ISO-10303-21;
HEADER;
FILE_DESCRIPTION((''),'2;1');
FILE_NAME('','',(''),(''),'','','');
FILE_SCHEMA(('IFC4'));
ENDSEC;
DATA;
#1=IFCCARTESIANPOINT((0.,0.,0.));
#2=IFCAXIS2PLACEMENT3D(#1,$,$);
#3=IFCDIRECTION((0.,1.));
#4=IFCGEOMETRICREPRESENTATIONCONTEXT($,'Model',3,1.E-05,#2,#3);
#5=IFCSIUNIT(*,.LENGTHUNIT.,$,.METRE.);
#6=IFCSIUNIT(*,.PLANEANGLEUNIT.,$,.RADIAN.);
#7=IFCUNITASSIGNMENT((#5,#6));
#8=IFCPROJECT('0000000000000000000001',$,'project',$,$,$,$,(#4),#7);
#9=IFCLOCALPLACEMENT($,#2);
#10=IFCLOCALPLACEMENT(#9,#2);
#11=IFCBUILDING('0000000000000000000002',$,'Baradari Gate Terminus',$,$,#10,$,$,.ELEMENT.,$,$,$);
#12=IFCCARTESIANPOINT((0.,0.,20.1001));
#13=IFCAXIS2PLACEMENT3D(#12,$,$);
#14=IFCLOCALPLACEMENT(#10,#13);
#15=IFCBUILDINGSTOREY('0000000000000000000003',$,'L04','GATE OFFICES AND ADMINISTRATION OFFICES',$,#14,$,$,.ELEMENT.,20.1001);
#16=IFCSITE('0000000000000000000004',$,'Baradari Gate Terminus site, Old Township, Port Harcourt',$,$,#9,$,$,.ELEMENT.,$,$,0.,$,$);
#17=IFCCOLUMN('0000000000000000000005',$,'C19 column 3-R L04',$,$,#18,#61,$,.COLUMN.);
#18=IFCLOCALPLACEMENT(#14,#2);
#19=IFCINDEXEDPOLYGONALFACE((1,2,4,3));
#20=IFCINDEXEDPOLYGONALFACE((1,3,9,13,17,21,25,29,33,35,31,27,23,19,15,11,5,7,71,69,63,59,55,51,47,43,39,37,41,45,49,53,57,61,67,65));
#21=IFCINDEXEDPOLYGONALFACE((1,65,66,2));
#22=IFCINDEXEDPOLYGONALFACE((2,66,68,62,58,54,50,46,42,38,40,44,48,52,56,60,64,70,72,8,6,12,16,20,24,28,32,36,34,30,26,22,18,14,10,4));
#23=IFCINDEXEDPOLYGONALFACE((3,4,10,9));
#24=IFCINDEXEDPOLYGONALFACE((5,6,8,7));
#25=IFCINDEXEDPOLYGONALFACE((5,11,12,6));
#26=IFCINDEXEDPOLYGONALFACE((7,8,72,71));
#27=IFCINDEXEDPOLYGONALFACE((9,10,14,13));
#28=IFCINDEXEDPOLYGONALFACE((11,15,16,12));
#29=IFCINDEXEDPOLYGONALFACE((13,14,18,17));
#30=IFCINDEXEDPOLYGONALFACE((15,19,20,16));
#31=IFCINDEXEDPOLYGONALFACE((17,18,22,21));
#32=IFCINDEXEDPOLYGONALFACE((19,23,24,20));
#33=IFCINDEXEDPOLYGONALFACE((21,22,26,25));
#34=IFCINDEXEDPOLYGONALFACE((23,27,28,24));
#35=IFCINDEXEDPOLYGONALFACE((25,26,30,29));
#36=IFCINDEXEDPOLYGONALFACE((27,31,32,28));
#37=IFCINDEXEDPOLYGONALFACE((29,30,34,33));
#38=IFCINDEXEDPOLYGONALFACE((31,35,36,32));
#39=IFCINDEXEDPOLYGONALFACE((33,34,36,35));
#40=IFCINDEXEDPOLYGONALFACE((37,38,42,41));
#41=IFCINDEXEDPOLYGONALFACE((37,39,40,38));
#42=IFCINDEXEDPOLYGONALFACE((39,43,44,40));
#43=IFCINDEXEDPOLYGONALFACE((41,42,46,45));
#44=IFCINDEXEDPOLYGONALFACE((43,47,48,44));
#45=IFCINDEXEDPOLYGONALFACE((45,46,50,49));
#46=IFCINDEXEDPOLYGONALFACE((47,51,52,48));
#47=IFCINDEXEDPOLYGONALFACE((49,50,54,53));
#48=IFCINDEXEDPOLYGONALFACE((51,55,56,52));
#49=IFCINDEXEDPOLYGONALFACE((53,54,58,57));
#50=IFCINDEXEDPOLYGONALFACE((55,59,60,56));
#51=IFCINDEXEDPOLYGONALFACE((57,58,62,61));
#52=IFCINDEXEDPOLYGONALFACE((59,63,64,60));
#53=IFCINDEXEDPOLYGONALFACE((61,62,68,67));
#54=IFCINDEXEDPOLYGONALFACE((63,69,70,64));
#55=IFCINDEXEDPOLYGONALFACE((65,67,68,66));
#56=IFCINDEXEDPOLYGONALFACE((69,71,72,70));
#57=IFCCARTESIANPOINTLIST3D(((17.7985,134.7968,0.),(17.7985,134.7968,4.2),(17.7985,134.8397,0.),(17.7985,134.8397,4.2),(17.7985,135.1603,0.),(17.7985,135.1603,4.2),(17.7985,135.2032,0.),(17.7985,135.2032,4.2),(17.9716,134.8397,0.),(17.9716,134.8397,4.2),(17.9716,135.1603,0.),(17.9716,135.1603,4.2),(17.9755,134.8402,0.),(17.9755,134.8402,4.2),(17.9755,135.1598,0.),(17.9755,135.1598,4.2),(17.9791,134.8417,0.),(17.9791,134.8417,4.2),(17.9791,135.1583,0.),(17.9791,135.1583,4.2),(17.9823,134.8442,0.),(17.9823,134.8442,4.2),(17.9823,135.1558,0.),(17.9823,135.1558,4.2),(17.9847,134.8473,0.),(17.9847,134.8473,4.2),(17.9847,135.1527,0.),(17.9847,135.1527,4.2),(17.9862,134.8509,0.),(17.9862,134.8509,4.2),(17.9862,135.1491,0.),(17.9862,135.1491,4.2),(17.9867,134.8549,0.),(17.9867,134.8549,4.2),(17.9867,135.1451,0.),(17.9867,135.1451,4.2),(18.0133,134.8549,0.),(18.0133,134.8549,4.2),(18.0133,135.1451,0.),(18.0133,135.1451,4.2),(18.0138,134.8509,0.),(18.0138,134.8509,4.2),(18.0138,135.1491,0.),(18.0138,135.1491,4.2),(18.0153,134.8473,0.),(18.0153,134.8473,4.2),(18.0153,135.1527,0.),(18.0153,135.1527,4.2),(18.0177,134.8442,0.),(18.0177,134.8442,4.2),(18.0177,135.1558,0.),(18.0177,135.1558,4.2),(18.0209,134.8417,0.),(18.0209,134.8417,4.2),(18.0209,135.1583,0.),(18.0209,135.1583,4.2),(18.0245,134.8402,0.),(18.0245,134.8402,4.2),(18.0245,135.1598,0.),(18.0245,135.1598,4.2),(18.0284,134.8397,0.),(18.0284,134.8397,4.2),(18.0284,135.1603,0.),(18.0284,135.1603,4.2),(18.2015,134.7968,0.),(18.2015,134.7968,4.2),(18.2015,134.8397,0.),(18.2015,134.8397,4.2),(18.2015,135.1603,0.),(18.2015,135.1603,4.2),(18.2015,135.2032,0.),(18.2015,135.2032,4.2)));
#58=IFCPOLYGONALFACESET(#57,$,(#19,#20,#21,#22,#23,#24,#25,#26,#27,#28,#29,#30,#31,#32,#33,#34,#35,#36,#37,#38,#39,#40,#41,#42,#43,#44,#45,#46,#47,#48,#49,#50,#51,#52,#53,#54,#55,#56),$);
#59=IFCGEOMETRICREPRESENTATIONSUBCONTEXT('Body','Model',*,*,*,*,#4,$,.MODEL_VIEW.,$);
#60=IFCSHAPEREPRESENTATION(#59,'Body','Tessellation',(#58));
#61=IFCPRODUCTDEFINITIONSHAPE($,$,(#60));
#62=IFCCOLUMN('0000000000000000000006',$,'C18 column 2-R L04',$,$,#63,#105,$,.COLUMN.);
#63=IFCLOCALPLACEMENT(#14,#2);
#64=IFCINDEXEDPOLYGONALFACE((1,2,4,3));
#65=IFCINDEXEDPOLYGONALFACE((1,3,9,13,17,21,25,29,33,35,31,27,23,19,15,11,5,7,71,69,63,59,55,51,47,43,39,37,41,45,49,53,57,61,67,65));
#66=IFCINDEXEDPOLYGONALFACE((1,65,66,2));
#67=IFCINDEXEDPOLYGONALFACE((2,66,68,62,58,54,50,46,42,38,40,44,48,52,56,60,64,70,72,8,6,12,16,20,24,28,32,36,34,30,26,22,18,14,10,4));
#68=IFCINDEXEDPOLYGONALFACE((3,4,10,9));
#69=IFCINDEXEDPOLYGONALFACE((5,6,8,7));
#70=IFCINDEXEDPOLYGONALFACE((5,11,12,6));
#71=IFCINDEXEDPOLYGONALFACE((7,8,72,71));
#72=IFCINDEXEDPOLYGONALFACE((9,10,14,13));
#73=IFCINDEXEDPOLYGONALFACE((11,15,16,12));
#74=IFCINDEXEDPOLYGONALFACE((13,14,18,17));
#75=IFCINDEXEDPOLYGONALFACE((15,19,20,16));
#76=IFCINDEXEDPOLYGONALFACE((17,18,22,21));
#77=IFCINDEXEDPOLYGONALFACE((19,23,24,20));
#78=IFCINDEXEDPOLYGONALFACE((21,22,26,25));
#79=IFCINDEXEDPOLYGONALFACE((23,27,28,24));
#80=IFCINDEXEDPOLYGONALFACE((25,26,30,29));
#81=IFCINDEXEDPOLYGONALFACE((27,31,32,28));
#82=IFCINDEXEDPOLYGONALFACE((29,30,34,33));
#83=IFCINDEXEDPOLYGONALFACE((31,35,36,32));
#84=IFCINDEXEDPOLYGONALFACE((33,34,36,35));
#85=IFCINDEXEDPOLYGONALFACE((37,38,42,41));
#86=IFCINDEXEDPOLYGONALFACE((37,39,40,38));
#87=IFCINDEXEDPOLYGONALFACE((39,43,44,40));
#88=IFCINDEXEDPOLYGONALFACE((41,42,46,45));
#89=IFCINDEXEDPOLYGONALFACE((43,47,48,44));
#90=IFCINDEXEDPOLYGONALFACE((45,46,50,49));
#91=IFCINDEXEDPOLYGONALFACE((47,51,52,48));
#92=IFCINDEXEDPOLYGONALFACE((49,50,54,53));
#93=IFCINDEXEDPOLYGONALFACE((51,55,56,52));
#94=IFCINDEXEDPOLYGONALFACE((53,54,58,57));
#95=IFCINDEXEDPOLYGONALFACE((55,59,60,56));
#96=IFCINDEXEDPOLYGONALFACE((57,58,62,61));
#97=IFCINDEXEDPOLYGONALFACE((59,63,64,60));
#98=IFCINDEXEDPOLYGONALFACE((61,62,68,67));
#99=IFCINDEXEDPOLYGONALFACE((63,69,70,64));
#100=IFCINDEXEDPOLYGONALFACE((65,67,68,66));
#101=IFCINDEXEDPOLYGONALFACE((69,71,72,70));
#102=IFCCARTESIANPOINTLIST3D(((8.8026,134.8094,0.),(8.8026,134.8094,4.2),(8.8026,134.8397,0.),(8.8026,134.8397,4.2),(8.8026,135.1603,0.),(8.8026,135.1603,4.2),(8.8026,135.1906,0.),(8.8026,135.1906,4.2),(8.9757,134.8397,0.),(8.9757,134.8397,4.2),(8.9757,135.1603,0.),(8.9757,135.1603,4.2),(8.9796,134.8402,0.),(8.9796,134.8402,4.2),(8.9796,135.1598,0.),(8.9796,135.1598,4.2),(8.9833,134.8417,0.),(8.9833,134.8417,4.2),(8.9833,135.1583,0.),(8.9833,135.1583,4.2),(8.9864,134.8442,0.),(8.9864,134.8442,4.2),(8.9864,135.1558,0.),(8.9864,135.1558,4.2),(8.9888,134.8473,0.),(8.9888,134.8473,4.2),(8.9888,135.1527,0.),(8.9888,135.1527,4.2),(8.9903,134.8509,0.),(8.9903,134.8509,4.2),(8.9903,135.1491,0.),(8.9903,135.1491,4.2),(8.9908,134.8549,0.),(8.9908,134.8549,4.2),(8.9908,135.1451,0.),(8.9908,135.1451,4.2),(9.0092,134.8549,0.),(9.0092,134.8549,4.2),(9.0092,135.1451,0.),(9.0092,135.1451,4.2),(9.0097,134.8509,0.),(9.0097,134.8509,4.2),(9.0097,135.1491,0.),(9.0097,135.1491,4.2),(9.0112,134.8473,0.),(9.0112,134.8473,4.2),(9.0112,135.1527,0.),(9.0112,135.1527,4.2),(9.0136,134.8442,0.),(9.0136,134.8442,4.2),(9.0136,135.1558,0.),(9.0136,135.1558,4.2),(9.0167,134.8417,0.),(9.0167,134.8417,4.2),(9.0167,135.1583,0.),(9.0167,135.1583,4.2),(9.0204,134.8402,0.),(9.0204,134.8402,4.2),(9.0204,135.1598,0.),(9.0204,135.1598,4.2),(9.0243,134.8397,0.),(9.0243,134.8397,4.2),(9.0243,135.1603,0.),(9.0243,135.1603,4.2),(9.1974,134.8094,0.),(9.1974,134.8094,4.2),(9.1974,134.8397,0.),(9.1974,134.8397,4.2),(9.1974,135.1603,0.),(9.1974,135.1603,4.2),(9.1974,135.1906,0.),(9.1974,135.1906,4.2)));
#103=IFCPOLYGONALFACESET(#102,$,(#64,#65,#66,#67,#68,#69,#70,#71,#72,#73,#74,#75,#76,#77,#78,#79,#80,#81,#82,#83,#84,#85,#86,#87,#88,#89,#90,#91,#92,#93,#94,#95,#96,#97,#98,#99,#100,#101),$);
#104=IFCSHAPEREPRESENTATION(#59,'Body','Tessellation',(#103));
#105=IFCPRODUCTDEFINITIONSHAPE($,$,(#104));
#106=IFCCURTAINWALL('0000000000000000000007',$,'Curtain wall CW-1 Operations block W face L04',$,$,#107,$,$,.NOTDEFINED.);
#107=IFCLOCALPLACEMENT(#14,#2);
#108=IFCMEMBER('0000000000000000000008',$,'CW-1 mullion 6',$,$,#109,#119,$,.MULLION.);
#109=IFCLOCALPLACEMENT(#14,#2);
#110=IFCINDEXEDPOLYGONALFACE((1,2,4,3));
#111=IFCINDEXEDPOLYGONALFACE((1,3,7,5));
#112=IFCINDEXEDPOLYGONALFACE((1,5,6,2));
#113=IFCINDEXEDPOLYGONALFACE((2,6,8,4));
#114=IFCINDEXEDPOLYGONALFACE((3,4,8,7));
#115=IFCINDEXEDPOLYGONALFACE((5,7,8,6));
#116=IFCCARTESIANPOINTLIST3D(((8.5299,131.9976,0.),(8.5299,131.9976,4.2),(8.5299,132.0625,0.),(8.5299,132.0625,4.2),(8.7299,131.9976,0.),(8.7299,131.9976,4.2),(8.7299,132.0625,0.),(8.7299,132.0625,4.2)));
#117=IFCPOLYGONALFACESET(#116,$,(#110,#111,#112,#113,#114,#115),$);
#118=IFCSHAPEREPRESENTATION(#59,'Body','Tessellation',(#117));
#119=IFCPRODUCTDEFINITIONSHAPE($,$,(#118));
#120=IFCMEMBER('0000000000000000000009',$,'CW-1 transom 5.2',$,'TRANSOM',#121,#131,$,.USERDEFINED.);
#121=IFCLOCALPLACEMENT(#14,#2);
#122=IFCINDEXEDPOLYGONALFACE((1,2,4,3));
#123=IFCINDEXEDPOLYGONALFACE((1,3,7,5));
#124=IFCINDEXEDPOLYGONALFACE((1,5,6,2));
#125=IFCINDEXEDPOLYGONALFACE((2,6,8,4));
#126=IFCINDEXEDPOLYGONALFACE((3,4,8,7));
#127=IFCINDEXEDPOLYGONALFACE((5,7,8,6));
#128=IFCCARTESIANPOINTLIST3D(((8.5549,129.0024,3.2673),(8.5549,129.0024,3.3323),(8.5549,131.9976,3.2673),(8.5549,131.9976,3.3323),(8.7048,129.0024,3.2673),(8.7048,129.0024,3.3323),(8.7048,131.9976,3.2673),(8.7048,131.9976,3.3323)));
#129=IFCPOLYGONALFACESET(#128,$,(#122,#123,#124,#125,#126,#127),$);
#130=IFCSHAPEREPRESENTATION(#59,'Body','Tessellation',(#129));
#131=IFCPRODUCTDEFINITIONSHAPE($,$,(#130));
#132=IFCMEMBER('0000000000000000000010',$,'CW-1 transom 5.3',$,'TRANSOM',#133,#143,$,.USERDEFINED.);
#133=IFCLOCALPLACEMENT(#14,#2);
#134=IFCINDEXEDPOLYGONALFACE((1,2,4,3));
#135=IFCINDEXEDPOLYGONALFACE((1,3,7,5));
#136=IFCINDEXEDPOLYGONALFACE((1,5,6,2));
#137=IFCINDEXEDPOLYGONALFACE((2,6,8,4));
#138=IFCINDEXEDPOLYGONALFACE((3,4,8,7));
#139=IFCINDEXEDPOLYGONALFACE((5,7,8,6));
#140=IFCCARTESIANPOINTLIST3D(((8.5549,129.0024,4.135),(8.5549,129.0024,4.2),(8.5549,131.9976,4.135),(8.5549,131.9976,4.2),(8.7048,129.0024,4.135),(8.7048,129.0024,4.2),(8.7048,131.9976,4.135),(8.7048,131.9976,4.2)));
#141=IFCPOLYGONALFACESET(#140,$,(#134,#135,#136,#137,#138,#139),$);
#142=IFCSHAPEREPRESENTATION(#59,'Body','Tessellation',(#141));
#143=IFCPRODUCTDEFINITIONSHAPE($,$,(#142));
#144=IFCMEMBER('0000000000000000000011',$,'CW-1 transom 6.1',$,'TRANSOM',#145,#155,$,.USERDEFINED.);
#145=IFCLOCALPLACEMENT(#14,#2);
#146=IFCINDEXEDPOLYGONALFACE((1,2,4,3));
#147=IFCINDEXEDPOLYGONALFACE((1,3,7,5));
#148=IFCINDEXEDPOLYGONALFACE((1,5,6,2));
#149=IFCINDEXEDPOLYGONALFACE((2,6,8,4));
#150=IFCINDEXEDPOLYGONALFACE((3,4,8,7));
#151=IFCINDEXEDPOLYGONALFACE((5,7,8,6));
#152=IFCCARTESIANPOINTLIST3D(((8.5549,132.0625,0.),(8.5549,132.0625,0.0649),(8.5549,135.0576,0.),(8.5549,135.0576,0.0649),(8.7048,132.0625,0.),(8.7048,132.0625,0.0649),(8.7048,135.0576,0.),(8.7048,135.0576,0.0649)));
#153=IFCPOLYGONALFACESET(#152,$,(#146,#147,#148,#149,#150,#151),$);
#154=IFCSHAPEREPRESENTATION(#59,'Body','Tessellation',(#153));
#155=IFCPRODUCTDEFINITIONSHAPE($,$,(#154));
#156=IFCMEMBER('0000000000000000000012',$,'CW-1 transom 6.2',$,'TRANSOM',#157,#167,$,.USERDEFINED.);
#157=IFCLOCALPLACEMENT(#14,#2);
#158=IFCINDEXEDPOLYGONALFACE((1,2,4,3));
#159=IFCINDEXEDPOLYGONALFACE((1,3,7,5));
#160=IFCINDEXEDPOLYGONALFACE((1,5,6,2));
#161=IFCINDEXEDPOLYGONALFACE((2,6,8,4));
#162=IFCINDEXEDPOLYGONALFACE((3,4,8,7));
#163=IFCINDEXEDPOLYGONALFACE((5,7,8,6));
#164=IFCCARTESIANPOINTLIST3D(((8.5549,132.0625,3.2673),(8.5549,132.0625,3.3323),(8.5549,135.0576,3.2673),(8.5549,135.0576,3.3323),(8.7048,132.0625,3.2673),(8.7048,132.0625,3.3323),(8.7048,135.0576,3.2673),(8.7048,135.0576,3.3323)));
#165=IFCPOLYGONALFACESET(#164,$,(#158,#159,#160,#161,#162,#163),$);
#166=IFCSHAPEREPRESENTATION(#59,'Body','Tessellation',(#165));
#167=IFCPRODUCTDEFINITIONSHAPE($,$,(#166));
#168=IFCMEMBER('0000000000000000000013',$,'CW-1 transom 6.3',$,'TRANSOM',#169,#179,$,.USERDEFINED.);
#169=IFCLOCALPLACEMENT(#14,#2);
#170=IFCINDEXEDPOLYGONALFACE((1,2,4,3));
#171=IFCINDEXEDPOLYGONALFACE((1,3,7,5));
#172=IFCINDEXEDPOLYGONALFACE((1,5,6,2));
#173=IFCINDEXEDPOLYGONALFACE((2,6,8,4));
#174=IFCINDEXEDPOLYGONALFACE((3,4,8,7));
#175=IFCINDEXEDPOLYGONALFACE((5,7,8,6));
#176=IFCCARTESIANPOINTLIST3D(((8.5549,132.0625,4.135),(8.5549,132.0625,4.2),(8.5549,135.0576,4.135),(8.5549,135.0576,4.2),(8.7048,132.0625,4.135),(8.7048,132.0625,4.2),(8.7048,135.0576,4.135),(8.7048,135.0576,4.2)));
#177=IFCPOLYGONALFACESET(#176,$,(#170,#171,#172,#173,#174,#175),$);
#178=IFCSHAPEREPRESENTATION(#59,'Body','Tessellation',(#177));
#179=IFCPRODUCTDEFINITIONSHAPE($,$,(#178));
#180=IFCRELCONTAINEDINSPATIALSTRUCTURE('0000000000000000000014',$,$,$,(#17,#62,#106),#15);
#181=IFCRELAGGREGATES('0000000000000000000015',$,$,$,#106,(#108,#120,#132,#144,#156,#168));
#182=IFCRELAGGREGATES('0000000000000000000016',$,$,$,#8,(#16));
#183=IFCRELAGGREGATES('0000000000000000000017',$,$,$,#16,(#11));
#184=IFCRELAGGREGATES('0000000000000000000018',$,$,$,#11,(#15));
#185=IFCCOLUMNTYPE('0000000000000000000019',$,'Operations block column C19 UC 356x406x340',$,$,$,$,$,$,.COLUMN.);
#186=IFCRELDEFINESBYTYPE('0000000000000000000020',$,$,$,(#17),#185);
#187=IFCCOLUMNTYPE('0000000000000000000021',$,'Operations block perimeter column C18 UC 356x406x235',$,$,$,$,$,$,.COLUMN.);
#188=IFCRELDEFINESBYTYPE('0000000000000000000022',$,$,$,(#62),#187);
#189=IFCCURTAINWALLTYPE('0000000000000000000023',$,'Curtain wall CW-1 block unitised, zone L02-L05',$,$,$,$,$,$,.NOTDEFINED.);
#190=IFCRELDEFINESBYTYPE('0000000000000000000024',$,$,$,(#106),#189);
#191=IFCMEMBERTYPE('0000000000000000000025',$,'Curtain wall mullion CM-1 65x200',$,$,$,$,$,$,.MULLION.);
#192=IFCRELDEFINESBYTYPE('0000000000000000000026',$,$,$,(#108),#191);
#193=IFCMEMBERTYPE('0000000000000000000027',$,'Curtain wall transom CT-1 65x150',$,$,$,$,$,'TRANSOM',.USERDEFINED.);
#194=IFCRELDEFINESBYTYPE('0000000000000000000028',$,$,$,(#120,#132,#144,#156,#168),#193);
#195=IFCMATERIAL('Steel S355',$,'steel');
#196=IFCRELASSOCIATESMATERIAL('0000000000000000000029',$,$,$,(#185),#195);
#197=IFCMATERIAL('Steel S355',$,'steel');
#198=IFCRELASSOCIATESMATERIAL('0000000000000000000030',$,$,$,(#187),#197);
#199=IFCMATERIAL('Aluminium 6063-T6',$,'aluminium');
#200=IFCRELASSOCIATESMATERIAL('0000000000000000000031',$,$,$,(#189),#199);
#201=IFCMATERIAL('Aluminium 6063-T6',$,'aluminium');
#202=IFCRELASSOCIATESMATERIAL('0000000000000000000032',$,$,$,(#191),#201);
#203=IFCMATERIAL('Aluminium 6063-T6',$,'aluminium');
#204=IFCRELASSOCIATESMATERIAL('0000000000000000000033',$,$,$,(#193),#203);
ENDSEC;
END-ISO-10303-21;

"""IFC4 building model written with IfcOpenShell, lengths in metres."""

from ifc_helpers import new_model, si_unit, direction, frame, origin, origin_2d, place, context, subcontext, project, spatial, rectangle, i_section, extrude, material, material_profile, profile_set, type_object, element, aggregate, save


model = new_model("IFC4")

# Units and contexts
model_context = context("Model", 3, precision=1e-05, world=origin(), true_north=direction((0.0, 1.0)))
body_context = subcontext(model_context, "Body", "Model", "MODEL_VIEW")
ifc_project = project(units=[si_unit("LENGTHUNIT", "METRE"), si_unit("PLANEANGLEUNIT", "RADIAN")], contexts=[model_context])

# Site, building, storey
site_placement = place(None, origin())
site = spatial("IfcSite", under=ifc_project, at=site_placement, Name="Baradari Gate Terminus site, Old Township, Port Harcourt", CompositionType="ELEMENT", RefElevation=0.0)
building_placement = place(site_placement, origin())
building = spatial("IfcBuilding", under=site, at=building_placement, Name="Baradari Gate Terminus", CompositionType="ELEMENT")
storey_placement = place(building_placement, frame((0.0, 0.0, 20.1001)))
storey = spatial("IfcBuildingStorey", under=building, at=storey_placement, Name="L04", Description="GATE OFFICES AND ADMINISTRATION OFFICES", CompositionType="ELEMENT", Elevation=20.1001)

# Columns
ifc_material_1 = material(Name="Steel S355", Category="steel")
ifc_material_profile_1 = material_profile(ifc_material_1, i_section(OverallWidth=0.4031, OverallDepth=0.4065, WebThickness=0.0266, FlangeThickness=0.043, FilletRadius=0.0151, at=origin_2d()), Name="UC 356x406x340")
ifc_profile_set_1 = profile_set([ifc_material_profile_1], Name="Steel S355")
column_type_1 = type_object("IfcColumnType", Name="Operations block column C19 UC 356x406x340", PredefinedType="COLUMN", material=ifc_profile_set_1)
column_1_placement = place(storey_placement, frame((18.0, 135.0, 0.0), z_axis=(0.0, 0.0, 1.0), x_axis=(1.0, 0.0, 0.0)))
element("IfcColumn", 1, at=column_1_placement, inside=storey, type_object=column_type_1, Name="C19 column 3-R L04", PredefinedType="COLUMN", context=body_context, shape_type="SweptSolid", body=[
    extrude(i_section(OverallWidth=0.4031, OverallDepth=0.4065, WebThickness=0.0266, FlangeThickness=0.043, FilletRadius=0.0151, at=origin_2d()), origin(), (0.0, 0.0, 1.0), 4.2),
])
ifc_material_2 = material(Name="Steel S355", Category="steel")
ifc_material_profile_2 = material_profile(ifc_material_2, i_section(OverallWidth=0.3948, OverallDepth=0.3811, WebThickness=0.0183, FlangeThickness=0.0303, FilletRadius=0.0151, at=origin_2d()), Name="UC 356x406x235")
ifc_profile_set_2 = profile_set([ifc_material_profile_2], Name="Steel S355")
column_type_2 = type_object("IfcColumnType", Name="Operations block perimeter column C18 UC 356x406x235", PredefinedType="COLUMN", material=ifc_profile_set_2)
column_2_placement = place(storey_placement, frame((9.0, 135.0, 0.0), z_axis=(0.0, 0.0, 1.0), x_axis=(1.0, 0.0, 0.0)))
element("IfcColumn", 2, at=column_2_placement, inside=storey, type_object=column_type_2, Name="C18 column 2-R L04", PredefinedType="COLUMN", context=body_context, shape_type="SweptSolid", body=[
    extrude(i_section(OverallWidth=0.3948, OverallDepth=0.3811, WebThickness=0.0183, FlangeThickness=0.0303, FilletRadius=0.0151, at=origin_2d()), origin(), (0.0, 0.0, 1.0), 4.2),
])

# Curtain wall, members
ifc_material_3 = material(Name="Aluminium 6063-T6", Category="aluminium")
curtain_wall_type = type_object("IfcCurtainWallType", Name="Curtain wall CW-1 block unitised, zone L02-L05", PredefinedType="NOTDEFINED", material=ifc_material_3)
curtain_wall_placement = place(storey_placement, origin())
curtain_wall = element("IfcCurtainWall", 3, at=curtain_wall_placement, inside=storey, type_object=curtain_wall_type, Name="Curtain wall CW-1 Operations block W face L04", PredefinedType="NOTDEFINED")
ifc_material_4 = material(Name="Aluminium 6063-T6", Category="aluminium")
ifc_material_profile_3 = material_profile(ifc_material_4, rectangle(XDim=0.2, YDim=0.0649, at=origin_2d()), Name="CM-1 65X200")
ifc_profile_set_3 = profile_set([ifc_material_profile_3], Name="Aluminium 6063-T6")
member_type_1 = type_object("IfcMemberType", Name="Curtain wall mullion CM-1 65x200", PredefinedType="MULLION", material=ifc_profile_set_3)
member_1_placement = place(storey_placement, frame((8.6299, 132.03, 0.0), z_axis=(0.0, 0.0, 1.0), x_axis=(-1.0, 0.0, 0.0)))
member_1 = element("IfcMember", 4, at=member_1_placement, type_object=member_type_1, Name="CW-1 mullion 6", PredefinedType="MULLION", context=body_context, shape_type="SweptSolid", body=[
    extrude(rectangle(XDim=0.2, YDim=0.0649, at=origin_2d()), origin(), (0.0, 0.0, 1.0), 4.2),
])
ifc_material_5 = material(Name="Aluminium 6063-T6", Category="aluminium")
ifc_material_profile_4 = material_profile(ifc_material_5, rectangle(XDim=0.1499, YDim=0.0649, at=origin_2d()), Name="CT-1 65X150")
ifc_profile_set_4 = profile_set([ifc_material_profile_4], Name="Aluminium 6063-T6")
member_type_2 = type_object("IfcMemberType", Name="Curtain wall transom CT-1 65x150", ElementType="TRANSOM", PredefinedType="USERDEFINED", material=ifc_profile_set_4)
member_2_placement = place(storey_placement, frame((8.6299, 129.0024, 3.2998), z_axis=(0.0, 1.0, 0.0), x_axis=(-1.0, 0.0, 0.0)))
member_2 = element("IfcMember", 5, at=member_2_placement, type_object=member_type_2, Name="CW-1 transom 5.2", ObjectType="TRANSOM", PredefinedType="USERDEFINED", context=body_context, shape_type="SweptSolid", body=[
    extrude(rectangle(XDim=0.1499, YDim=0.0649, at=origin_2d()), origin(), (0.0, 0.0, 1.0), 2.9951),
])
member_3_placement = place(storey_placement, frame((8.6299, 129.0024, 4.1675), z_axis=(0.0, 1.0, 0.0), x_axis=(-1.0, 0.0, 0.0)))
member_3 = element("IfcMember", 6, at=member_3_placement, type_object=member_type_2, Name="CW-1 transom 5.3", ObjectType="TRANSOM", PredefinedType="USERDEFINED", context=body_context, shape_type="SweptSolid", body=[
    extrude(rectangle(XDim=0.1499, YDim=0.0649, at=origin_2d()), origin(), (0.0, 0.0, 1.0), 2.9951),
])
member_4_placement = place(storey_placement, frame((8.6299, 132.0625, 0.0325), z_axis=(0.0, 1.0, 0.0), x_axis=(-1.0, 0.0, 0.0)))
member_4 = element("IfcMember", 7, at=member_4_placement, type_object=member_type_2, Name="CW-1 transom 6.1", ObjectType="TRANSOM", PredefinedType="USERDEFINED", context=body_context, shape_type="SweptSolid", body=[
    extrude(rectangle(XDim=0.1499, YDim=0.0649, at=origin_2d()), origin(), (0.0, 0.0, 1.0), 2.9951),
])
member_5_placement = place(storey_placement, frame((8.6299, 132.0625, 3.2998), z_axis=(0.0, 1.0, 0.0), x_axis=(-1.0, 0.0, 0.0)))
member_5 = element("IfcMember", 8, at=member_5_placement, type_object=member_type_2, Name="CW-1 transom 6.2", ObjectType="TRANSOM", PredefinedType="USERDEFINED", context=body_context, shape_type="SweptSolid", body=[
    extrude(rectangle(XDim=0.1499, YDim=0.0649, at=origin_2d()), origin(), (0.0, 0.0, 1.0), 2.9951),
])
member_6_placement = place(storey_placement, frame((8.6299, 132.0625, 4.1675), z_axis=(0.0, 1.0, 0.0), x_axis=(-1.0, 0.0, 0.0)))
member_6 = element("IfcMember", 9, at=member_6_placement, type_object=member_type_2, Name="CW-1 transom 6.3", ObjectType="TRANSOM", PredefinedType="USERDEFINED", context=body_context, shape_type="SweptSolid", body=[
    extrude(rectangle(XDim=0.1499, YDim=0.0649, at=origin_2d()), origin(), (0.0, 0.0, 1.0), 2.9951),
])

aggregate(curtain_wall, [member_1, member_2, member_3, member_4, member_5, member_6])

save(model, "model.ifc")
